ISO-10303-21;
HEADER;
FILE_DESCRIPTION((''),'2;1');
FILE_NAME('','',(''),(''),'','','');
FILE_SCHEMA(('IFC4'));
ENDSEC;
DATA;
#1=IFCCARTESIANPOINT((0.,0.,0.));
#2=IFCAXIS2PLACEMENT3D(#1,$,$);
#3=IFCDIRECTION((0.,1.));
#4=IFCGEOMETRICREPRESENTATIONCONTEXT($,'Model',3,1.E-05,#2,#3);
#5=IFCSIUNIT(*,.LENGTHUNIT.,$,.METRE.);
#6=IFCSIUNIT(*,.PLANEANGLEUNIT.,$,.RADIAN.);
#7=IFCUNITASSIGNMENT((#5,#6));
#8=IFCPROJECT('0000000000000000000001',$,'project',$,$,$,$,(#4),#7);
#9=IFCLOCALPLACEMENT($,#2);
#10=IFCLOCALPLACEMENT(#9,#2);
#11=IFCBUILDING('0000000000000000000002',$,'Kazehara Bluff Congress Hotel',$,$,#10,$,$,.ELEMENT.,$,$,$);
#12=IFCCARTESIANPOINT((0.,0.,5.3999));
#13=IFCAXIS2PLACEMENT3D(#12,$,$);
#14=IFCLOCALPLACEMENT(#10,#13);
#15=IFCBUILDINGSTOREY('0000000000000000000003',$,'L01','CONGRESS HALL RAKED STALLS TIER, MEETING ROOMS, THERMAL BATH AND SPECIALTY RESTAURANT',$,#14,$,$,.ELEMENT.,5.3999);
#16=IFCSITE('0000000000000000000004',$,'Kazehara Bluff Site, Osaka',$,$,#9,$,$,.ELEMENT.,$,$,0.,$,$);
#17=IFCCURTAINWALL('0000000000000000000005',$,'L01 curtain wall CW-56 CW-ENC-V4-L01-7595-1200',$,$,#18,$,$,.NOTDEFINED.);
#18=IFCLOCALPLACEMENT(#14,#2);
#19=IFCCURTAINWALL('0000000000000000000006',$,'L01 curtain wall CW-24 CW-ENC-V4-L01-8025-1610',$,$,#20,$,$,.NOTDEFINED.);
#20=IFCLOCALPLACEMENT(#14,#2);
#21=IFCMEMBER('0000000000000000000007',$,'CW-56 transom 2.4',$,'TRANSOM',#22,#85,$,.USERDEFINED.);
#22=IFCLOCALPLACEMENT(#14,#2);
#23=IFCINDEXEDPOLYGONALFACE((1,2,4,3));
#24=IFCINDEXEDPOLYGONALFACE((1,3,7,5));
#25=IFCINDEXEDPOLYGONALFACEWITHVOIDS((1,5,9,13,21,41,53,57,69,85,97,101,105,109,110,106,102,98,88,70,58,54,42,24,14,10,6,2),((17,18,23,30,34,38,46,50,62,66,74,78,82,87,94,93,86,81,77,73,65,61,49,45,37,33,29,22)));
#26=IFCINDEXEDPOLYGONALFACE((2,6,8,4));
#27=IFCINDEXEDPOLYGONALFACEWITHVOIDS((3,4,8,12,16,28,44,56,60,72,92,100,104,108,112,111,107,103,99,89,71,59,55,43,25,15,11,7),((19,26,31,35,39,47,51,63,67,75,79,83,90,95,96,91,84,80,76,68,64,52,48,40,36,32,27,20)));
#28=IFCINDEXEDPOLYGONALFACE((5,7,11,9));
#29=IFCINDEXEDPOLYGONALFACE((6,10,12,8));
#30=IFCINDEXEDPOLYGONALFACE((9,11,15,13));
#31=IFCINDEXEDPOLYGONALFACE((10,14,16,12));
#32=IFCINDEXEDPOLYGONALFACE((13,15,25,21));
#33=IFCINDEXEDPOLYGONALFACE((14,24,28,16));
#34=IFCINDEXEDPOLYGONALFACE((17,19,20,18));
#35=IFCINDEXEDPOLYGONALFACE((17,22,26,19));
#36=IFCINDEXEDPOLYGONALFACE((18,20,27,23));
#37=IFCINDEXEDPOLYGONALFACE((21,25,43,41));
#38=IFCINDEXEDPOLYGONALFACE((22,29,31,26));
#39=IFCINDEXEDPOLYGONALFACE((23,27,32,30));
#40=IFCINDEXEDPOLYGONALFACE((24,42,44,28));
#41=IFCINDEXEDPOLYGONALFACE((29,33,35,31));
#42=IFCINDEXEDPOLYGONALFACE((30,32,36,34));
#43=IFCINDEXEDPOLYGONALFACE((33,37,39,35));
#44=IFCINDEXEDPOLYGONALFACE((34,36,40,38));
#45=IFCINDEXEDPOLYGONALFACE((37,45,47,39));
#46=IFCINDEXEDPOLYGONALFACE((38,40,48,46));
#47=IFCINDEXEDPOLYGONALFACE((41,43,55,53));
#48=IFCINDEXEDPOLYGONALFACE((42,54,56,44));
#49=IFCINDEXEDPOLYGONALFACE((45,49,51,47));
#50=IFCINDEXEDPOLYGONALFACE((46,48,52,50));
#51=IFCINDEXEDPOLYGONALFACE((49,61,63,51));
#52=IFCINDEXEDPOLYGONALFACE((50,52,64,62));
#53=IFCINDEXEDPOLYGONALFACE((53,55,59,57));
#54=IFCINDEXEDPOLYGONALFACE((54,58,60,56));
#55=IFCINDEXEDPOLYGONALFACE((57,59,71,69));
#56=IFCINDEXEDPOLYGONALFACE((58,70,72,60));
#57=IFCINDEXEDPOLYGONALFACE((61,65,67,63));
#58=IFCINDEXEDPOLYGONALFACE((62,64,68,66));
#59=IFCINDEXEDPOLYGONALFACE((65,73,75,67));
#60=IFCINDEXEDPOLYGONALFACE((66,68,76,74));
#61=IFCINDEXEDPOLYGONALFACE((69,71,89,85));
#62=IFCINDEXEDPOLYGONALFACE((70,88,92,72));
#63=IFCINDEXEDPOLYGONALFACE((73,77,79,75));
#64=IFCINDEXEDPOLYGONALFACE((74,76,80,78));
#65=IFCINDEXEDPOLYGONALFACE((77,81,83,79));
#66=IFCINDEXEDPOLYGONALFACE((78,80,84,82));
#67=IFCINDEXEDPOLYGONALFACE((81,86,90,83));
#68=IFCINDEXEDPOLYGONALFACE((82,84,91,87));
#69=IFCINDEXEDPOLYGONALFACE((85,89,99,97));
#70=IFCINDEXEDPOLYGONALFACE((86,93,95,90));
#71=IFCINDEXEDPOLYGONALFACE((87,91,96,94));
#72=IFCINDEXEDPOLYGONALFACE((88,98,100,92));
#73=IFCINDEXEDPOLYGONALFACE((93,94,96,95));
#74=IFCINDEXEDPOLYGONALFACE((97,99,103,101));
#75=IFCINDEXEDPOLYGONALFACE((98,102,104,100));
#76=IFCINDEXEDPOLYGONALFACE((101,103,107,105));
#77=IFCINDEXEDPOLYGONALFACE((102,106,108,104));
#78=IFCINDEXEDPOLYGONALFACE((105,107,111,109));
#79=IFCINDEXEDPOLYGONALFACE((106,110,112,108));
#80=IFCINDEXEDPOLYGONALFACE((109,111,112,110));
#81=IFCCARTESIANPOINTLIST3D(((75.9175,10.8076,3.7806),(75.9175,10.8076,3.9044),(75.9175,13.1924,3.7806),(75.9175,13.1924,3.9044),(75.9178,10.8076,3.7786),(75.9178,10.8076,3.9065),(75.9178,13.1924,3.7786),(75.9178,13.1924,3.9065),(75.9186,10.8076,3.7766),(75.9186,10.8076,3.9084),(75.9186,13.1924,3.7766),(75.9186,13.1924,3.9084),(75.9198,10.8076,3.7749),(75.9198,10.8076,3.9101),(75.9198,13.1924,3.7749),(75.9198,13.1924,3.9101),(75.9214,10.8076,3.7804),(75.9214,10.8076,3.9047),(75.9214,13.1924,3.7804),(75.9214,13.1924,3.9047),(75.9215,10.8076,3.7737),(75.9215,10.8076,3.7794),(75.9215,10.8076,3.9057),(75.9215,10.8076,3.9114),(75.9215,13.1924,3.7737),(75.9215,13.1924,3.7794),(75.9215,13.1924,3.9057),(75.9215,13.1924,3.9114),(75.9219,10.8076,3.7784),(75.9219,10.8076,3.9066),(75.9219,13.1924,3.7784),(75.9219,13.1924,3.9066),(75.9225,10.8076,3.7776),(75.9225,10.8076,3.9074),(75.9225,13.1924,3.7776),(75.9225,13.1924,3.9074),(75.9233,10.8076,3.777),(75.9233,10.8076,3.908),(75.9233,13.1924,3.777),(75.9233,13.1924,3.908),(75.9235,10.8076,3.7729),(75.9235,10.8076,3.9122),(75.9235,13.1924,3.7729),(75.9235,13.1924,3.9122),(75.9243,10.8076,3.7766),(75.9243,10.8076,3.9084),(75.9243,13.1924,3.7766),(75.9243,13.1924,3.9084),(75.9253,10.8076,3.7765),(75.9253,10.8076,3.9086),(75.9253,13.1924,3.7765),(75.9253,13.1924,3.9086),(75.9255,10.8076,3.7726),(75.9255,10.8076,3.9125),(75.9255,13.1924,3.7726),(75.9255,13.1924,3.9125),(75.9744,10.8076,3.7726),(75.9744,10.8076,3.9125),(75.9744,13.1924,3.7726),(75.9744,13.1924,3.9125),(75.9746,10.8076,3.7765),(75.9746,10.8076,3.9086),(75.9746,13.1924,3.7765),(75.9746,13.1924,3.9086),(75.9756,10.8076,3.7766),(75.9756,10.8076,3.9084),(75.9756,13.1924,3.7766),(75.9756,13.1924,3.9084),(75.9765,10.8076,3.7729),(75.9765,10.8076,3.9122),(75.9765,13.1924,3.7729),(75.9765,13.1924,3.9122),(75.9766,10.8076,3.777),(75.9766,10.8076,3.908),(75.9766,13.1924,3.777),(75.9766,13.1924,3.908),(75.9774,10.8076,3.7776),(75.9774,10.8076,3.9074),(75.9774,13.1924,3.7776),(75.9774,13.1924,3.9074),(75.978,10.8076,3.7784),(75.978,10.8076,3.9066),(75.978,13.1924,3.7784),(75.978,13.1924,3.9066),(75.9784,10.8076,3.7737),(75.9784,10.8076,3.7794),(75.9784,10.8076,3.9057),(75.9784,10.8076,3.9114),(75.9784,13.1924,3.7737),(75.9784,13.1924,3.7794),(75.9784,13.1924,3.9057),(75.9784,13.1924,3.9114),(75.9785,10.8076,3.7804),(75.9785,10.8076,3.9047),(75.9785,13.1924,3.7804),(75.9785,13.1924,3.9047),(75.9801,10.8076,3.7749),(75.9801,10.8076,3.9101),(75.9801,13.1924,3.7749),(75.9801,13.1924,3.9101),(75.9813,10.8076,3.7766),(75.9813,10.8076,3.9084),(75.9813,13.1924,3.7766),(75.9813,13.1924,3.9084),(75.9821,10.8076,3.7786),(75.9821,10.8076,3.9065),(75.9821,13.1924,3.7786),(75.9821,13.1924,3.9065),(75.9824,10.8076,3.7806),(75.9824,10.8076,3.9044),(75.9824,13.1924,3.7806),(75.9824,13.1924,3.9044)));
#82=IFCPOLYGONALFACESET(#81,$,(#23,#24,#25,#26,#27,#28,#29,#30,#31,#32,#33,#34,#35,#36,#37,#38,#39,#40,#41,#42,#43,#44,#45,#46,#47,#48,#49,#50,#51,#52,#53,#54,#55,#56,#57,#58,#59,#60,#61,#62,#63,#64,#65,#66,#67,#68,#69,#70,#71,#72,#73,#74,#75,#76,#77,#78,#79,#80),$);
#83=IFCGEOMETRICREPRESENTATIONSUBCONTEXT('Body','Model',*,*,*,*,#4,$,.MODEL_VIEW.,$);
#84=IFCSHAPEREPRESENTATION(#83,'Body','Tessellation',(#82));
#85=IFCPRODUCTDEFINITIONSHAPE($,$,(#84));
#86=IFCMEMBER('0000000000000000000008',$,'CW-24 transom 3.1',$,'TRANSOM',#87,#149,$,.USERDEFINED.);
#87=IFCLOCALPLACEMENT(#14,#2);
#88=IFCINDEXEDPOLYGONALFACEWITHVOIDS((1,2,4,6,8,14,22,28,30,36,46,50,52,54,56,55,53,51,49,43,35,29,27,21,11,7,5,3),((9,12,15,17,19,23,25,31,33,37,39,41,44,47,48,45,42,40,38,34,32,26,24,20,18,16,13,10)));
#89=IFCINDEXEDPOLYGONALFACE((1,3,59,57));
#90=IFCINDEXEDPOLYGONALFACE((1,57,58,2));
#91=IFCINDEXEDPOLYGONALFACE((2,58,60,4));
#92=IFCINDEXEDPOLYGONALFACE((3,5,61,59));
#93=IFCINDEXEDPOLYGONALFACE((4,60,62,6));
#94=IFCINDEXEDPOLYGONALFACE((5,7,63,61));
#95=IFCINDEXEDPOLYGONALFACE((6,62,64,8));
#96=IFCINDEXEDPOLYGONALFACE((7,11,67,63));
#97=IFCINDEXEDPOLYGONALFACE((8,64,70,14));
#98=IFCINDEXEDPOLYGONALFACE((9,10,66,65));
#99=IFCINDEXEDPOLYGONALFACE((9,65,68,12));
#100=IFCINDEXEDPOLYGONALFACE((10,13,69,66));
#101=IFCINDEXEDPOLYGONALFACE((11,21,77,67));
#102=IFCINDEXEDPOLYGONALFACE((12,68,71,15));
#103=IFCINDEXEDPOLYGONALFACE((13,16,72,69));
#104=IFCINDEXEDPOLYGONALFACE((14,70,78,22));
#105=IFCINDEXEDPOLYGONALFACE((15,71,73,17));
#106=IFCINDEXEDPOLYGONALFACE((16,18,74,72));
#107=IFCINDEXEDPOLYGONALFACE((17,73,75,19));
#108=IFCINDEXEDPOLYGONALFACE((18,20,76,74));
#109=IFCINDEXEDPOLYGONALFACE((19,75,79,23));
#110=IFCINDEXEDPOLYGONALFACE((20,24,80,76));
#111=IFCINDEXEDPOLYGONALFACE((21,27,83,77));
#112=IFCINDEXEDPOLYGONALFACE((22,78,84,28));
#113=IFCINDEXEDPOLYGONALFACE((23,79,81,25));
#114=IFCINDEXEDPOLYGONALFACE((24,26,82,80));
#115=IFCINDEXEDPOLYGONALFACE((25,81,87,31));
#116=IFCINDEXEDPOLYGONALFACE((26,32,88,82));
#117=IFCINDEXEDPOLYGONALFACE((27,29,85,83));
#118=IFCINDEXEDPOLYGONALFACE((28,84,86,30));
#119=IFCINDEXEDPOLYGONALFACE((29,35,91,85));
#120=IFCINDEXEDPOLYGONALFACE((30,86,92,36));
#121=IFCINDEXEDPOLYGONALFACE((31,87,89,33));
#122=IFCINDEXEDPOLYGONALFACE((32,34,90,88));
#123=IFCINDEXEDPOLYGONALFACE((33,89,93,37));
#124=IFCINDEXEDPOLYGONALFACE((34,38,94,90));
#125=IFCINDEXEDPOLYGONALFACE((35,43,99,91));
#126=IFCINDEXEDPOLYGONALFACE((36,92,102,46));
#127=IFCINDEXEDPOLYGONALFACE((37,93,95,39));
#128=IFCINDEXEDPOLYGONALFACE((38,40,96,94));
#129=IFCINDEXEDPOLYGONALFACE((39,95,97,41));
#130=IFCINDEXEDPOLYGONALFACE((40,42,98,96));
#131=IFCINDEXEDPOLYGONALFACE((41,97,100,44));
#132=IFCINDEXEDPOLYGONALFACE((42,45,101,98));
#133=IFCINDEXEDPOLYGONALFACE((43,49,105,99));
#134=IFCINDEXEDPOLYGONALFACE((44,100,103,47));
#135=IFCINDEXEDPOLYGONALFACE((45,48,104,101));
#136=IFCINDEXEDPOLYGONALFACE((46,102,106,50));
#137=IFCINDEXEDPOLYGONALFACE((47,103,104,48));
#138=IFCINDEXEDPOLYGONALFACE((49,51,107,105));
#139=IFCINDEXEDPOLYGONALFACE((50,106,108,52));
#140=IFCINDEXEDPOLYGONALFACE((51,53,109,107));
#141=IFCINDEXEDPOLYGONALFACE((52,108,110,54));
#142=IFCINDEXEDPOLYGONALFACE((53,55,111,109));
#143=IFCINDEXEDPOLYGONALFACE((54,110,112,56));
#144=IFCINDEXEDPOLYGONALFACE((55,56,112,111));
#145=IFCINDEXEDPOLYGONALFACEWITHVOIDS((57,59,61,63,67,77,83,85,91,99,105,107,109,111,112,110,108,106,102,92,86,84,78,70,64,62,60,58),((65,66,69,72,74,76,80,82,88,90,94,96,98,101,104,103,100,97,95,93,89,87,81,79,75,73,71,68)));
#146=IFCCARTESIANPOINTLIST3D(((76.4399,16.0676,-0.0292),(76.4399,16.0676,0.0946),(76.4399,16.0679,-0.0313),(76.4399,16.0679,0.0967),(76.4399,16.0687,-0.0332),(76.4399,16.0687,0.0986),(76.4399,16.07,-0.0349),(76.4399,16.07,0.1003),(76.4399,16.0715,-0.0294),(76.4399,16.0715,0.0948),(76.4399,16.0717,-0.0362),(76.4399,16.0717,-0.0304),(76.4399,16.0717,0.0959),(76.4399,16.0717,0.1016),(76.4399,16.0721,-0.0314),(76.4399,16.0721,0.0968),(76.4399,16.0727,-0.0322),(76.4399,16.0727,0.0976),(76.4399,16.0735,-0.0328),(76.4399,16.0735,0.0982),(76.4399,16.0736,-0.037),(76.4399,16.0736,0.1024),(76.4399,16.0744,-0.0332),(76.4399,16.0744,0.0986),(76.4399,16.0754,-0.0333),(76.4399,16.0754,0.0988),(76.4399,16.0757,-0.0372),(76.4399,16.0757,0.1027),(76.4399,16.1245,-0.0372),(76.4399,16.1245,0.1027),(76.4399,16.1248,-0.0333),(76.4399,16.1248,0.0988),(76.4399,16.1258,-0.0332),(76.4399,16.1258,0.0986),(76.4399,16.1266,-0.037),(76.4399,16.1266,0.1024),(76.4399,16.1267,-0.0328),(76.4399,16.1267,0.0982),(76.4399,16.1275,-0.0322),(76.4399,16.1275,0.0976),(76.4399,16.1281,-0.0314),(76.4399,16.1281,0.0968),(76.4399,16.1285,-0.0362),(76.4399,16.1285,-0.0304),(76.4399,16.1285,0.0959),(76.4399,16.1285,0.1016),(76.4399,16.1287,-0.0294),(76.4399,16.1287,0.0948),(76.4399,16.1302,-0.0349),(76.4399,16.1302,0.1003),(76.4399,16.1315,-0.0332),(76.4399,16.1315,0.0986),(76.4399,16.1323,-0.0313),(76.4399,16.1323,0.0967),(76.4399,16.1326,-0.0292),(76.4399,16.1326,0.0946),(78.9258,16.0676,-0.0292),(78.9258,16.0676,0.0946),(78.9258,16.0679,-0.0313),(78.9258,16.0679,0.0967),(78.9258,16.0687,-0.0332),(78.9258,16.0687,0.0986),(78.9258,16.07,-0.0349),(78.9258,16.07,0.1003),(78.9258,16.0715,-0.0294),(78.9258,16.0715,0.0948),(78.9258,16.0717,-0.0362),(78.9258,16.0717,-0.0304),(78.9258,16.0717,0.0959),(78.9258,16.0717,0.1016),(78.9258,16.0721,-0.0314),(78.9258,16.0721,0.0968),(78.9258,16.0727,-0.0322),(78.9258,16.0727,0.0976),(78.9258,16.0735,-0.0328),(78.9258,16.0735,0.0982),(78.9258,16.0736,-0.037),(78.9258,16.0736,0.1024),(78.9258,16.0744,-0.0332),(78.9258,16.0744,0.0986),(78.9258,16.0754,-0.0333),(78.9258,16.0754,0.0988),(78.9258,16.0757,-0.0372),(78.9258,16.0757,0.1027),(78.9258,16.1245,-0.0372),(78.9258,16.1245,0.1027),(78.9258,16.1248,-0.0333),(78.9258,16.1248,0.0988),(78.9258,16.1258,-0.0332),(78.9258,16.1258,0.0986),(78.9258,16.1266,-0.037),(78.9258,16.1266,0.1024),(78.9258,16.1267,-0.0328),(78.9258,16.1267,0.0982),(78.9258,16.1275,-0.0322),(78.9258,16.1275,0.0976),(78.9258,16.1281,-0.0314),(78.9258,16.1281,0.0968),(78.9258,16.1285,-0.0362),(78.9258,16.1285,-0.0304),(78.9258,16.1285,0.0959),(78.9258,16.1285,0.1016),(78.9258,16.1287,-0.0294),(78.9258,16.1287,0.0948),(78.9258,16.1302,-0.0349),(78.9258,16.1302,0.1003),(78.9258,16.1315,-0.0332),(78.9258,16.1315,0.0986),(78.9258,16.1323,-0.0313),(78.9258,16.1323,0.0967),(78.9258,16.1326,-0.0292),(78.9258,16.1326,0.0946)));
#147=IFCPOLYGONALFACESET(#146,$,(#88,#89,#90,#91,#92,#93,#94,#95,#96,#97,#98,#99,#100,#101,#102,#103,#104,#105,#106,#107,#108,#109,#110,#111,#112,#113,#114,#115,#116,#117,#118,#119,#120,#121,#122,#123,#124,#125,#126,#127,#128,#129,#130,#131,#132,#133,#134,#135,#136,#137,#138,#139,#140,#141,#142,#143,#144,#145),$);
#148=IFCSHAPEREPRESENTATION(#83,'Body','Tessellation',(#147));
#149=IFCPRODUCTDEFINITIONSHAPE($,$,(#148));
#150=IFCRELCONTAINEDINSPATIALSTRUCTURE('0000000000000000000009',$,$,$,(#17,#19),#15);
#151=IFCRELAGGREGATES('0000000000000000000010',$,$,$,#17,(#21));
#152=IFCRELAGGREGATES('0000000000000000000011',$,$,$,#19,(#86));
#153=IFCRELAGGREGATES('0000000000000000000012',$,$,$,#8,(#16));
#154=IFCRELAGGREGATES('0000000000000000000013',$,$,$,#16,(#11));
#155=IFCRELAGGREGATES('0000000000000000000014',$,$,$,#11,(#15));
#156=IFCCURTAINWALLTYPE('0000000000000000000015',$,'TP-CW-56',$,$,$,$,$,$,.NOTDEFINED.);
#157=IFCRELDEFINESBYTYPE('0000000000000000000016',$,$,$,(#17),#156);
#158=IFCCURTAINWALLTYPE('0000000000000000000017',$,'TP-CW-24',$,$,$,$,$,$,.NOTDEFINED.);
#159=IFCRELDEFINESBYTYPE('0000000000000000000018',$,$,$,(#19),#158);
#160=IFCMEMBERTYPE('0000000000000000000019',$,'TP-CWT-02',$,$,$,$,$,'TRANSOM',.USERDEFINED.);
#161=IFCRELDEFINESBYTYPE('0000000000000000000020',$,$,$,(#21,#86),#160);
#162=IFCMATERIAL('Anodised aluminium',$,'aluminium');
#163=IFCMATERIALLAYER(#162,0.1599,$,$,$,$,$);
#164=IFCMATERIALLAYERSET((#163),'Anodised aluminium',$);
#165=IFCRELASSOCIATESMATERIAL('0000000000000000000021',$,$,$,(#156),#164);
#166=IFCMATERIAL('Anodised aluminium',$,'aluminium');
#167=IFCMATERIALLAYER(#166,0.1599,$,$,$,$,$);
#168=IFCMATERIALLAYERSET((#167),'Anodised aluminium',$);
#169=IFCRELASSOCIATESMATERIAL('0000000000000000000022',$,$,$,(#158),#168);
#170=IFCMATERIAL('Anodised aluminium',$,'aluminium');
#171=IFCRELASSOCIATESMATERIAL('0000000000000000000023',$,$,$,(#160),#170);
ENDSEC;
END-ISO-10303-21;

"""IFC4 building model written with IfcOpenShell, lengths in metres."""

from ifc_helpers import new_model, si_unit, direction, frame, origin, origin_2d, place, context, subcontext, project, spatial, hollow_rectangle, extrude, material, layer, layer_set, material_profile, profile_set, type_object, element, aggregate, save


model = new_model("IFC4")

# Units and contexts
model_context = context("Model", 3, precision=1e-05, world=origin(), true_north=direction((0.0, 1.0)))
body_context = subcontext(model_context, "Body", "Model", "MODEL_VIEW")
ifc_project = project(units=[si_unit("LENGTHUNIT", "METRE"), si_unit("PLANEANGLEUNIT", "RADIAN")], contexts=[model_context])

# Site, building, storey
site_placement = place(None, origin())
site = spatial("IfcSite", under=ifc_project, at=site_placement, Name="Kazehara Bluff Site, Osaka", CompositionType="ELEMENT", RefElevation=0.0)
building_placement = place(site_placement, origin())
building = spatial("IfcBuilding", under=site, at=building_placement, Name="Kazehara Bluff Congress Hotel", CompositionType="ELEMENT")
storey_placement = place(building_placement, frame((0.0, 0.0, 5.3999)))
storey = spatial("IfcBuildingStorey", under=building, at=storey_placement, Name="L01", Description="CONGRESS HALL RAKED STALLS TIER, MEETING ROOMS, THERMAL BATH AND SPECIALTY RESTAURANT", CompositionType="ELEMENT", Elevation=5.3999)

# Curtain walls
ifc_material_1 = material(Name="Anodised aluminium", Category="aluminium")
ifc_layer_1 = layer(ifc_material_1, 0.1599)
ifc_layer_set_1 = layer_set([ifc_layer_1], Name="Anodised aluminium")
curtain_wall_type_1 = type_object("IfcCurtainWallType", Name="TP-CW-56", PredefinedType="NOTDEFINED", material=ifc_layer_set_1)
curtain_wall_1_placement = place(storey_placement, origin())
curtain_wall_1 = element("IfcCurtainWall", 1, at=curtain_wall_1_placement, inside=storey, type_object=curtain_wall_type_1, Name="L01 curtain wall CW-56 CW-ENC-V4-L01-7595-1200", PredefinedType="NOTDEFINED")
ifc_material_2 = material(Name="Anodised aluminium", Category="aluminium")
ifc_layer_2 = layer(ifc_material_2, 0.1599)
ifc_layer_set_2 = layer_set([ifc_layer_2], Name="Anodised aluminium")
curtain_wall_type_2 = type_object("IfcCurtainWallType", Name="TP-CW-24", PredefinedType="NOTDEFINED", material=ifc_layer_set_2)
curtain_wall_2_placement = place(storey_placement, origin())
curtain_wall_2 = element("IfcCurtainWall", 2, at=curtain_wall_2_placement, inside=storey, type_object=curtain_wall_type_2, Name="L01 curtain wall CW-24 CW-ENC-V4-L01-8025-1610", PredefinedType="NOTDEFINED")

# Members
ifc_material_3 = material(Name="Anodised aluminium", Category="aluminium")
ifc_material_profile_1 = material_profile(ifc_material_3, hollow_rectangle(XDim=0.0649, YDim=0.1399, WallThickness=0.0039, InnerFilletRadius=0.0039, OuterFilletRadius=0.0081, at=origin_2d()))
ifc_profile_set_1 = profile_set([ifc_material_profile_1], Name="Anodised aluminium")
member_type_1 = type_object("IfcMemberType", Name="TP-CWT-02", ElementType="TRANSOM", PredefinedType="USERDEFINED", material=ifc_profile_set_1)
member_1_placement = place(storey_placement, frame((75.95, 13.1924, 3.8425), z_axis=(0.0, -1.0, 0.0), x_axis=(1.0, 0.0, 0.0)))
member_1 = element("IfcMember", 3, at=member_1_placement, type_object=member_type_1, Name="CW-56 transom 2.4", ObjectType="TRANSOM", PredefinedType="USERDEFINED", context=body_context, shape_type="SweptSolid", body=[
    extrude(hollow_rectangle(XDim=0.0649, YDim=0.1399, WallThickness=0.0039, InnerFilletRadius=0.0039, OuterFilletRadius=0.0081, at=origin_2d()), origin(), (0.0, 0.0, 1.0), 2.3848),
])
member_2_placement = place(storey_placement, frame((78.9258, 16.1001, 0.0327), z_axis=(-1.0, 0.0, 0.0), x_axis=(0.0, -1.0, 0.0)))
member_2 = element("IfcMember", 4, at=member_2_placement, type_object=member_type_1, Name="CW-24 transom 3.1", ObjectType="TRANSOM", PredefinedType="USERDEFINED", context=body_context, shape_type="SweptSolid", body=[
    extrude(hollow_rectangle(XDim=0.0649, YDim=0.1399, WallThickness=0.0039, InnerFilletRadius=0.0039, OuterFilletRadius=0.0081, at=origin_2d()), origin(), (0.0, 0.0, 1.0), 2.4858),
])

aggregate(curtain_wall_1, [member_1])
aggregate(curtain_wall_2, [member_2])

save(model, "model.ifc")
